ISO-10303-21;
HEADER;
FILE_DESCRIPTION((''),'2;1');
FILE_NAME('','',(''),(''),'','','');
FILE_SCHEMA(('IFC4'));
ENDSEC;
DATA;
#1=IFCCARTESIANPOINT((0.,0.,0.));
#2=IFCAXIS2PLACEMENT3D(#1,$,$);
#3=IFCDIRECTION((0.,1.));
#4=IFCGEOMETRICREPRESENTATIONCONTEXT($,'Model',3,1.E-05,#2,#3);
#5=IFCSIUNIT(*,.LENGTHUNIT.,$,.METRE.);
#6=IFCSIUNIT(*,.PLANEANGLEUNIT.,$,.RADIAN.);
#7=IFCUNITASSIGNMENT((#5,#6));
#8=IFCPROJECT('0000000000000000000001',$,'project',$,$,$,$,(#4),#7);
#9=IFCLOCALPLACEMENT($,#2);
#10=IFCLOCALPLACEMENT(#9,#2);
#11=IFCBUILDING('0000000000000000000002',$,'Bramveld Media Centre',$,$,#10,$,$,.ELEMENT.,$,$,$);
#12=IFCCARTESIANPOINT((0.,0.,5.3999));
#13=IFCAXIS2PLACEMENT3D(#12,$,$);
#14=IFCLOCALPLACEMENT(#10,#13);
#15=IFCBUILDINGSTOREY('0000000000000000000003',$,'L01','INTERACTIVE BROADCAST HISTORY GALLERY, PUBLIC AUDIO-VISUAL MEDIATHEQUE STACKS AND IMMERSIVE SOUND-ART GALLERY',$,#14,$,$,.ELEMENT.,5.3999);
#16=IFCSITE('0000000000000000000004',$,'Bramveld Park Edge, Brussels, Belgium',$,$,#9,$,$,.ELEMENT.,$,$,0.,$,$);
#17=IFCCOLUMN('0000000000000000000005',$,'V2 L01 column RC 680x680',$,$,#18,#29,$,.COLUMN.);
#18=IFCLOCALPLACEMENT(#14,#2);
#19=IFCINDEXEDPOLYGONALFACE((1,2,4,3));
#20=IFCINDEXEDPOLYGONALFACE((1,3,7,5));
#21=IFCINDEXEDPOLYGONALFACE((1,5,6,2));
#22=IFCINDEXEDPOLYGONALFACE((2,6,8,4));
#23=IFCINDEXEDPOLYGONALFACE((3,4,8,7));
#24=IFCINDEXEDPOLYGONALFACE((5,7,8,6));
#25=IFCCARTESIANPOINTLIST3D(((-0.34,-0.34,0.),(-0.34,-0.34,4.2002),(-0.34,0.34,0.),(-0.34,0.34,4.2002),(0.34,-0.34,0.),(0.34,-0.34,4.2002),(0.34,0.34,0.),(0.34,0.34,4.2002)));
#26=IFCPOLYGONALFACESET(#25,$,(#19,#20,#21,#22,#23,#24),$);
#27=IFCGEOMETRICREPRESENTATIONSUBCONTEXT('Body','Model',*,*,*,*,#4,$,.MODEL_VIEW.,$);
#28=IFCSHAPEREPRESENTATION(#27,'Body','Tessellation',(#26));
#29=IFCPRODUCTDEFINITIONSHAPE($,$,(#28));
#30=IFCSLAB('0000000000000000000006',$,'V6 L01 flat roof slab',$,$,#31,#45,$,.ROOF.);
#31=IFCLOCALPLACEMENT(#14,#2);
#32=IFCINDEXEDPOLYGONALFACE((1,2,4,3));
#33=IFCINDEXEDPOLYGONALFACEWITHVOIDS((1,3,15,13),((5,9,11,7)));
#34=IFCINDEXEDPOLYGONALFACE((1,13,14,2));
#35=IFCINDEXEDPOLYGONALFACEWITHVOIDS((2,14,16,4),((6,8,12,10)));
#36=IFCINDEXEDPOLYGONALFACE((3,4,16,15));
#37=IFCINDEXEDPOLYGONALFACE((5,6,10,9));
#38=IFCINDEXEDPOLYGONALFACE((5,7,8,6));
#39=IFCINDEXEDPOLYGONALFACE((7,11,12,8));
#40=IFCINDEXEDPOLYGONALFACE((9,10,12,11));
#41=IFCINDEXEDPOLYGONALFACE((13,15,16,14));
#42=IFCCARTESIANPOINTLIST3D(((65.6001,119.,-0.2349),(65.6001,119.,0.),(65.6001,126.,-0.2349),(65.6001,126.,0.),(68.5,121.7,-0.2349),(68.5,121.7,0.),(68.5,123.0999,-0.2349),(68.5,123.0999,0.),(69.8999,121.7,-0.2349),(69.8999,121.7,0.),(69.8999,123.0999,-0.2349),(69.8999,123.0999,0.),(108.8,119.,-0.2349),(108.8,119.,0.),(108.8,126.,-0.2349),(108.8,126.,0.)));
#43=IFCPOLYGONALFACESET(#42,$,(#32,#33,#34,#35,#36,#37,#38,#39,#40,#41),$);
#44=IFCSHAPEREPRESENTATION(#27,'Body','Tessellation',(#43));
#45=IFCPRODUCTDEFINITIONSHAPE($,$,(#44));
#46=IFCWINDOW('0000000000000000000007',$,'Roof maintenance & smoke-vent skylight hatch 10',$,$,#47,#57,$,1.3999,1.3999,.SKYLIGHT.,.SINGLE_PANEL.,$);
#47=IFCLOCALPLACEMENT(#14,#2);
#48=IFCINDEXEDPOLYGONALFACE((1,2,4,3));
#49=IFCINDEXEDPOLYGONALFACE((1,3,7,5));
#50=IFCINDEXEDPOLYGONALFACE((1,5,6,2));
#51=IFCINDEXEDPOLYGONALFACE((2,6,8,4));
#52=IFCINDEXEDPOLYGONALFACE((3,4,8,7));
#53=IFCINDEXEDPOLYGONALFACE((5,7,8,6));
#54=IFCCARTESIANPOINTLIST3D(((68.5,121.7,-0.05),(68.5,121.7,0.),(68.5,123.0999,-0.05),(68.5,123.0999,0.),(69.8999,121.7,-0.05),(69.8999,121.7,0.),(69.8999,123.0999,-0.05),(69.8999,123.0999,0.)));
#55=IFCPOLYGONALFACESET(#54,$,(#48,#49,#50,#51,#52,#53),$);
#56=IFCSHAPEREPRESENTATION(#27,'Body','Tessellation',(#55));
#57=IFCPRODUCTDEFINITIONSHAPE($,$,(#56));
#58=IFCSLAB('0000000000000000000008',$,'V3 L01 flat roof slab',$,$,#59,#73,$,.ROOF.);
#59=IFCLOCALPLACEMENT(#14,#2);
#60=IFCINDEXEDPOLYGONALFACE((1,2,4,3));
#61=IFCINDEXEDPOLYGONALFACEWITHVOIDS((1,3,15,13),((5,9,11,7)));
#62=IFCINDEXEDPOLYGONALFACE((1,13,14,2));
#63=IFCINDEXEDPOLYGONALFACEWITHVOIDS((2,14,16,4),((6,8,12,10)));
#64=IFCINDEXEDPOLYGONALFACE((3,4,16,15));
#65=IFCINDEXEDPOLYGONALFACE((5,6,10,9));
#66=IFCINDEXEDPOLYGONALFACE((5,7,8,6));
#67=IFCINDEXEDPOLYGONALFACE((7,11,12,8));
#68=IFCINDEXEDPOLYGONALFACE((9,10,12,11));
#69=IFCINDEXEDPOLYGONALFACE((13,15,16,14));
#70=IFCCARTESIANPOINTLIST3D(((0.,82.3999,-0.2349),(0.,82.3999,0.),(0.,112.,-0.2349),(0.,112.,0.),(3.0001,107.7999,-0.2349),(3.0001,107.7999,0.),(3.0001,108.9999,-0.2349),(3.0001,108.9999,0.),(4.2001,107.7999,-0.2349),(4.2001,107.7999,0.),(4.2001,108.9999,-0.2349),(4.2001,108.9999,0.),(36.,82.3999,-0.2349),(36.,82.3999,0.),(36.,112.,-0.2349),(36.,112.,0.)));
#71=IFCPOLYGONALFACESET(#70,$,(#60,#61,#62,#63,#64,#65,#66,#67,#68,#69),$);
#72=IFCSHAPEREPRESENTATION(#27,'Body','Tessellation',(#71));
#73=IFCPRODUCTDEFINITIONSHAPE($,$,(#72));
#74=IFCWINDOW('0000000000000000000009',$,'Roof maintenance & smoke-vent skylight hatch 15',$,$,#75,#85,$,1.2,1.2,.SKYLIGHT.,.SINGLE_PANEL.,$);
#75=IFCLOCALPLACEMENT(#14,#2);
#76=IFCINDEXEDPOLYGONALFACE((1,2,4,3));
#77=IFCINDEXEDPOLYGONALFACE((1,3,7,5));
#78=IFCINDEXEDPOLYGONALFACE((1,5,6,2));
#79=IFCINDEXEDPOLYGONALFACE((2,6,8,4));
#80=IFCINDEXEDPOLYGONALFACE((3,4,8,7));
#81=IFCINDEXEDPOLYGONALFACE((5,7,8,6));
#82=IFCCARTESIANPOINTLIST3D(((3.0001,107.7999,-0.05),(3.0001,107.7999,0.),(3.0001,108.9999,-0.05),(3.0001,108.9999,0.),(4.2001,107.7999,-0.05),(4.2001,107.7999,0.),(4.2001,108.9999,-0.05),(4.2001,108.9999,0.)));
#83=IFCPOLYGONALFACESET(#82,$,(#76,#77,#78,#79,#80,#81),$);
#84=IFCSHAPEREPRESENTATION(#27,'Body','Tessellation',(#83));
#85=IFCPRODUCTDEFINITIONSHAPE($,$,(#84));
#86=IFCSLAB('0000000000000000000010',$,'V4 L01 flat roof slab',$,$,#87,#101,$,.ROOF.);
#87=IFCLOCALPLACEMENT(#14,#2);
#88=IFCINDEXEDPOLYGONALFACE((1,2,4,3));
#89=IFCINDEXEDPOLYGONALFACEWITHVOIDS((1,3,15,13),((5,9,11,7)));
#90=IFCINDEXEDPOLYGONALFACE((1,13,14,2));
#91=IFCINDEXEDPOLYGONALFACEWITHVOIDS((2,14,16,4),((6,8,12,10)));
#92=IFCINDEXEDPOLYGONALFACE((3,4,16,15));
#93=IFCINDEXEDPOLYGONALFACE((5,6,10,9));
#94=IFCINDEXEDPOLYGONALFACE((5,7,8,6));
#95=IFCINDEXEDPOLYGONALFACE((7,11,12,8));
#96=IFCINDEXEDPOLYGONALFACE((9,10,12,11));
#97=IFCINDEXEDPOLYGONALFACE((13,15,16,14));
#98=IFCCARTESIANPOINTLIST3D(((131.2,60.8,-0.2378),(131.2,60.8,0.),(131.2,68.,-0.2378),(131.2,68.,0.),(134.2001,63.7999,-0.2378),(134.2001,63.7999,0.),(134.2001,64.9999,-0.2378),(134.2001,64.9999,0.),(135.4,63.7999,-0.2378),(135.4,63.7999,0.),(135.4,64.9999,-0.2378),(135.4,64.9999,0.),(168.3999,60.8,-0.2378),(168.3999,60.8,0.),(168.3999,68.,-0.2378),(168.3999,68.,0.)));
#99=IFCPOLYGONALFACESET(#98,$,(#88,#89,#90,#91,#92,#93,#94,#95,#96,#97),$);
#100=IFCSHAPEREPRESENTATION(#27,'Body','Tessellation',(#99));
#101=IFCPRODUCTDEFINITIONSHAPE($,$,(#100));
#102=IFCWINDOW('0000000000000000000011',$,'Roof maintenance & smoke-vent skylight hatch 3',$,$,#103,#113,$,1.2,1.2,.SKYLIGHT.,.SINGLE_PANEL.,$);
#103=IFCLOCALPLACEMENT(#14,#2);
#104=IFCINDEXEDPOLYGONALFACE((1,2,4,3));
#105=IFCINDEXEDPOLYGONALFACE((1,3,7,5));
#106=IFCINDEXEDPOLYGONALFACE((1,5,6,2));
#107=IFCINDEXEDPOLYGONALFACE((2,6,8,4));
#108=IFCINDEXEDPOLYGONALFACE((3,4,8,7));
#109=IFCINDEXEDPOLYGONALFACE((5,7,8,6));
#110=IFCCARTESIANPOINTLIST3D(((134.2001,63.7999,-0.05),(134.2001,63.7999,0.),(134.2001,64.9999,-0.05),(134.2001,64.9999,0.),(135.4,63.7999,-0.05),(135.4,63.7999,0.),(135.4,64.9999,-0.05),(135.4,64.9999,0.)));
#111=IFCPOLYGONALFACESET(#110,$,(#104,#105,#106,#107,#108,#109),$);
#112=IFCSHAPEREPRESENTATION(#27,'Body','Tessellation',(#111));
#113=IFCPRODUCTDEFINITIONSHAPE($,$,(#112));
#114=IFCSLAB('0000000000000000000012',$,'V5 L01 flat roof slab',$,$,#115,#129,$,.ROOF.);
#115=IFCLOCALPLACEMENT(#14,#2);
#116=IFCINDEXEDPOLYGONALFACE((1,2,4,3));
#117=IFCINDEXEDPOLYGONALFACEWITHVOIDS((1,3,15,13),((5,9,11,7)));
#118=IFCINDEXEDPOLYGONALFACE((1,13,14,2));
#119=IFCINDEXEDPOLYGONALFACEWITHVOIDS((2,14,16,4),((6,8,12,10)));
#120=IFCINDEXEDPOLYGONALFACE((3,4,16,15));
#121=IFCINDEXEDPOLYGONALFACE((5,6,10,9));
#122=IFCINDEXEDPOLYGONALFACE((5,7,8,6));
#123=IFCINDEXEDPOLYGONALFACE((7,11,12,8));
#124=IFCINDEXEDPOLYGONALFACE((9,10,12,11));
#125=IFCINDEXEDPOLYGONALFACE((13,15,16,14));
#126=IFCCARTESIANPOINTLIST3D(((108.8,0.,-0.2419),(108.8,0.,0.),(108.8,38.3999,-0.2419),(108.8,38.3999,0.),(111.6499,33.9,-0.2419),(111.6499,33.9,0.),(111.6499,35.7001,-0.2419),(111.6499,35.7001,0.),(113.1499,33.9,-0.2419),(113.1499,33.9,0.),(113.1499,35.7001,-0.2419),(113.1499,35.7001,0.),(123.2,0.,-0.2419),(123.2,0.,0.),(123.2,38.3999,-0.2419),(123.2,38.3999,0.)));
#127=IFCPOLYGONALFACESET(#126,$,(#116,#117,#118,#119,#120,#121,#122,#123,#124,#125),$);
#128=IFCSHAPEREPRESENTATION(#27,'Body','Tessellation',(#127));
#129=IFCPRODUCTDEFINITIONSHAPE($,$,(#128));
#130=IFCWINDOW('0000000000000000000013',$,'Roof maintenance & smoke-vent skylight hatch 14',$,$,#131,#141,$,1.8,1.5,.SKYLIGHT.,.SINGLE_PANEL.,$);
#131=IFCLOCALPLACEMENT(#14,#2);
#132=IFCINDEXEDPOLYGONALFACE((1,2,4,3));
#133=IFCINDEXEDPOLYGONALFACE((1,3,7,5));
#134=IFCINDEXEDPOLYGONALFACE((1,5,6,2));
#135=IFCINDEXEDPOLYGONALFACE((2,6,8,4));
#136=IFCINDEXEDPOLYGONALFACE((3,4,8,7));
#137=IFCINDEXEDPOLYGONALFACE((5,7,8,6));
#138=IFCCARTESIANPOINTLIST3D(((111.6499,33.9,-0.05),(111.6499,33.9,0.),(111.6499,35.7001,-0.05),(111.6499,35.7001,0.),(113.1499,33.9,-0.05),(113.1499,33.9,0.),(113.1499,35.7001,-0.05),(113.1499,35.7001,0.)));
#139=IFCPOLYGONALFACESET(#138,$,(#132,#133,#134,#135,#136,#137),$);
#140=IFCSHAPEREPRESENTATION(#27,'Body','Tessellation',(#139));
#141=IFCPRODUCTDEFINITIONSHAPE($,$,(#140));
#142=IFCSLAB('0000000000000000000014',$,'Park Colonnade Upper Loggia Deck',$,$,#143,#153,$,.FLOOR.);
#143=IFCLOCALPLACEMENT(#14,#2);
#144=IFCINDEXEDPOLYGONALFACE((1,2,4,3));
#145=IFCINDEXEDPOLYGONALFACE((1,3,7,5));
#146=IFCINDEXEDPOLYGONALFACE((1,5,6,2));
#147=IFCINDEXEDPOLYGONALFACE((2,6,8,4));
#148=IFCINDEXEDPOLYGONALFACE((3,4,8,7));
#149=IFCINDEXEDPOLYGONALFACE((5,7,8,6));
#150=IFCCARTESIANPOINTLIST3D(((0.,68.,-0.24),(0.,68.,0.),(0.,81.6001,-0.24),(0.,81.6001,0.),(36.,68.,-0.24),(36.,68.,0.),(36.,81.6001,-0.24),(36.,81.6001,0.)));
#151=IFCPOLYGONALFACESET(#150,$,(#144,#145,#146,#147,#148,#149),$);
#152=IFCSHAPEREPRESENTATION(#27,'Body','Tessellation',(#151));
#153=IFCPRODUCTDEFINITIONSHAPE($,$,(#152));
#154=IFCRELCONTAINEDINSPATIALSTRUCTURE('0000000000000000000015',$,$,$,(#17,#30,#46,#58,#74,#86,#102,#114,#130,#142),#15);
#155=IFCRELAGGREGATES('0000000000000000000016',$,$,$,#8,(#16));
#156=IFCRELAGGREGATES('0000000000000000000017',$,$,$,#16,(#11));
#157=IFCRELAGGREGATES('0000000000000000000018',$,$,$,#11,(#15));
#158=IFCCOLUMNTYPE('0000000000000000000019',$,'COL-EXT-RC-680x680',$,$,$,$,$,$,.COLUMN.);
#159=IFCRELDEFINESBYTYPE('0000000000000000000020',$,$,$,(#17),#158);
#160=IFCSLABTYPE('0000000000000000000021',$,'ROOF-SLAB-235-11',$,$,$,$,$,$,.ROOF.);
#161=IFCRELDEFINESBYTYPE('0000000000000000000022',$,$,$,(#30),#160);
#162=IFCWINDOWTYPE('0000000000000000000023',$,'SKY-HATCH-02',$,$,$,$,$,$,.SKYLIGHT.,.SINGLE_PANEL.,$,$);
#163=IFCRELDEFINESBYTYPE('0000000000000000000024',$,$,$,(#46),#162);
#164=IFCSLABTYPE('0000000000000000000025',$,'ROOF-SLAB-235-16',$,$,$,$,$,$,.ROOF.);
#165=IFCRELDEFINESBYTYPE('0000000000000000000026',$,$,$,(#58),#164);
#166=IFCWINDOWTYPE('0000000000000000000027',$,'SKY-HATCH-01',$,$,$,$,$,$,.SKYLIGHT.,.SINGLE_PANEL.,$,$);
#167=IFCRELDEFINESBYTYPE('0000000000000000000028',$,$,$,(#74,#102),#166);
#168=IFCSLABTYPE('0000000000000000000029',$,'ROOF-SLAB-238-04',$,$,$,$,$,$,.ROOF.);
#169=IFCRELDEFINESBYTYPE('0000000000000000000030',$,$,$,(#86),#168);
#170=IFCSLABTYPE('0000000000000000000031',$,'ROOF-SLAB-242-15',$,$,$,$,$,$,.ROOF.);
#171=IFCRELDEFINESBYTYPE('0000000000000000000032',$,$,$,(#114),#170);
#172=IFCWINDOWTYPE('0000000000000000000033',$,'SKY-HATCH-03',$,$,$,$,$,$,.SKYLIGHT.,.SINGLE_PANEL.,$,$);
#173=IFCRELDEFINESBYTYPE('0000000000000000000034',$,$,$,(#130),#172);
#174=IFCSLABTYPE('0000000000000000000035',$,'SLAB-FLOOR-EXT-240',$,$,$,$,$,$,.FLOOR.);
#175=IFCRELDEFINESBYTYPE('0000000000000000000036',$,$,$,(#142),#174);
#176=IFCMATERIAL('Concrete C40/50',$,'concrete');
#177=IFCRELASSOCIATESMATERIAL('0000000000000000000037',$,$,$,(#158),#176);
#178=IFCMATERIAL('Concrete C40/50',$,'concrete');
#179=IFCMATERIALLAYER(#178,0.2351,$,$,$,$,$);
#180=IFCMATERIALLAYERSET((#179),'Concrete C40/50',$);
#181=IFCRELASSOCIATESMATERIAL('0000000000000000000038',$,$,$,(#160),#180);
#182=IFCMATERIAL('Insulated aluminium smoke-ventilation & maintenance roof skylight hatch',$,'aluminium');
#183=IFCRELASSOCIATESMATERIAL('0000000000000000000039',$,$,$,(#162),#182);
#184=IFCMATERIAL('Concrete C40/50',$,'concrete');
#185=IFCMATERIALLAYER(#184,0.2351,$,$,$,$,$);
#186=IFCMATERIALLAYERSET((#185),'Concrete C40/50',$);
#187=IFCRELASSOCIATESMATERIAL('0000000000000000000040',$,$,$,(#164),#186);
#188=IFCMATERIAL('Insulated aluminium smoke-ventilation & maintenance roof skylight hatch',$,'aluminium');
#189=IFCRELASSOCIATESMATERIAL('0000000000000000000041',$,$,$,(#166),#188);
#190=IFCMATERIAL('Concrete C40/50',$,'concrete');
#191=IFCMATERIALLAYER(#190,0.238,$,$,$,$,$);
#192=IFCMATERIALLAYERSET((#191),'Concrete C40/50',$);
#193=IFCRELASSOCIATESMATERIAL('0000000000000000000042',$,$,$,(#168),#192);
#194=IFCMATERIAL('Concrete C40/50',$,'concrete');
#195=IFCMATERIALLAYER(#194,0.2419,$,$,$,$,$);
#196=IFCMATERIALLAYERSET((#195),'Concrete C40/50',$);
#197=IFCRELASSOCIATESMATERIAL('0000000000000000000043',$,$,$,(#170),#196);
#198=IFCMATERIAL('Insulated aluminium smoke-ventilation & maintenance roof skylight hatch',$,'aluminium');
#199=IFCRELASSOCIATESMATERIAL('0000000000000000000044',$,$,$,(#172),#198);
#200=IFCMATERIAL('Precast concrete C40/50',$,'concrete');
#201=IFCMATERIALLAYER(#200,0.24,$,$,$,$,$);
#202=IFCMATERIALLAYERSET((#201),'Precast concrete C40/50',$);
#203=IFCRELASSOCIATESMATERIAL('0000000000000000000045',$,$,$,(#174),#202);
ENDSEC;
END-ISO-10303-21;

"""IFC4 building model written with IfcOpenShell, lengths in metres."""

from ifc_helpers import new_model, si_unit, direction, frame, origin, origin_with_axes, origin_2d, place, context, subcontext, project, spatial, polyline, rectangle, outline, extrude, material, layer, layer_set, material_profile, profile_set, type_object, element, fill, save


model = new_model("IFC4")

# Units and contexts
model_context = context("Model", 3, precision=1e-05, world=origin(), true_north=direction((0.0, 1.0)))
body_context = subcontext(model_context, "Body", "Model", "MODEL_VIEW")
ifc_project = project(units=[si_unit("LENGTHUNIT", "METRE"), si_unit("PLANEANGLEUNIT", "RADIAN")], contexts=[model_context])

# Site, building, storey
site_placement = place(None, origin())
site = spatial("IfcSite", under=ifc_project, at=site_placement, Name="Bramveld Park Edge, Brussels, Belgium", CompositionType="ELEMENT", RefElevation=0.0)
building_placement = place(site_placement, origin())
building = spatial("IfcBuilding", under=site, at=building_placement, Name="Bramveld Media Centre", CompositionType="ELEMENT")
storey_placement = place(building_placement, frame((0.0, 0.0, 5.3999)))
storey = spatial("IfcBuildingStorey", under=building, at=storey_placement, Name="L01", Description="INTERACTIVE BROADCAST HISTORY GALLERY, PUBLIC AUDIO-VISUAL MEDIATHEQUE STACKS AND IMMERSIVE SOUND-ART GALLERY", CompositionType="ELEMENT", Elevation=5.3999)

# Column
ifc_material_1 = material(Name="Concrete C40/50", Category="concrete")
ifc_material_profile = material_profile(ifc_material_1, rectangle(XDim=0.6799, YDim=0.6799, at=origin_2d()), Name="RC 680x680")
ifc_profile_set = profile_set([ifc_material_profile], Name="Concrete C40/50")
column_type = type_object("IfcColumnType", Name="COL-EXT-RC-680x680", PredefinedType="COLUMN", material=ifc_profile_set)
column_placement = place(storey_placement, origin_with_axes())
element("IfcColumn", 1, at=column_placement, inside=storey, type_object=column_type, Name="V2 L01 column RC 680x680", PredefinedType="COLUMN", context=body_context, shape_type="SweptSolid", body=[
    extrude(rectangle(XDim=0.6799, YDim=0.6799, at=origin_2d()), origin(), (0.0, 0.0, 1.0), 4.2002),
])

# Slabs, openings, windows
ifc_material_2 = material(Name="Concrete C40/50", Category="concrete")
ifc_layer_1 = layer(ifc_material_2, 0.2351)
ifc_layer_set_1 = layer_set([ifc_layer_1], Name="Concrete C40/50")
slab_type_1 = type_object("IfcSlabType", Name="ROOF-SLAB-235-11", PredefinedType="ROOF", material=ifc_layer_set_1)
slab_1_placement = place(storey_placement, frame((0.0, 0.0, -0.2349)))
slab_1 = element("IfcSlab", 2, at=slab_1_placement, inside=storey, type_object=slab_type_1, Name="V6 L01 flat roof slab", PredefinedType="ROOF", context=body_context, shape_type="SweptSolid", body=[
    extrude(outline(polyline([(65.6001, 119.0), (108.8, 119.0), (108.8, 126.0), (65.6001, 126.0), (65.6001, 119.0)])), origin(), (0.0, 0.0, 1.0), 0.2349),
])
opening_1_placement = place(slab_1_placement, frame((69.2, 122.3999, 0.0)))
opening_1 = element("IfcOpeningElement", 3, at=opening_1_placement, cuts=slab_1, PredefinedType="OPENING", context=body_context, shape_type="SweptSolid", body=[
    extrude(rectangle(XDim=1.3999, YDim=1.3999, at=origin_2d()), origin(), (0.0, 0.0, 1.0), 0.2349),
])
ifc_material_3 = material(Name="Insulated aluminium smoke-ventilation & maintenance roof skylight hatch", Category="aluminium")
window_type_1 = type_object("IfcWindowType", Name="SKY-HATCH-02", PartitioningType="SINGLE_PANEL", PredefinedType="SKYLIGHT", material=ifc_material_3)
window_1_placement = place(opening_1_placement, frame((0.0, 0.0, 0.1848)))
window_1 = element("IfcWindow", 4, at=window_1_placement, inside=storey, type_object=window_type_1, Name="Roof maintenance & smoke-vent skylight hatch 10", OverallHeight=1.3999, OverallWidth=1.3999, PartitioningType="SINGLE_PANEL", PredefinedType="SKYLIGHT", context=body_context, shape_type="SweptSolid", body=[
    extrude(rectangle(XDim=1.3999, YDim=1.3999, at=origin_2d()), origin(), (0.0, 0.0, 1.0), 0.05),
])
fill(opening_1, window_1)
ifc_material_4 = material(Name="Concrete C40/50", Category="concrete")
ifc_layer_2 = layer(ifc_material_4, 0.2351)
ifc_layer_set_2 = layer_set([ifc_layer_2], Name="Concrete C40/50")
slab_type_2 = type_object("IfcSlabType", Name="ROOF-SLAB-235-16", PredefinedType="ROOF", material=ifc_layer_set_2)
slab_2_placement = place(storey_placement, frame((0.0, 0.0, -0.2349)))
slab_2 = element("IfcSlab", 5, at=slab_2_placement, inside=storey, type_object=slab_type_2, Name="V3 L01 flat roof slab", PredefinedType="ROOF", context=body_context, shape_type="SweptSolid", body=[
    extrude(outline(polyline([(0.0, 82.3999), (36.0, 82.3999), (36.0, 112.0), (0.0, 112.0), (0.0, 82.3999)])), origin(), (0.0, 0.0, 1.0), 0.2349),
])
opening_2_placement = place(slab_2_placement, frame((3.6001, 108.3999, 0.0)))
opening_2 = element("IfcOpeningElement", 6, at=opening_2_placement, cuts=slab_2, PredefinedType="OPENING", context=body_context, shape_type="SweptSolid", body=[
    extrude(rectangle(XDim=1.2, YDim=1.2, at=origin_2d()), origin(), (0.0, 0.0, 1.0), 0.2349),
])
ifc_material_5 = material(Name="Insulated aluminium smoke-ventilation & maintenance roof skylight hatch", Category="aluminium")
window_type_2 = type_object("IfcWindowType", Name="SKY-HATCH-01", PartitioningType="SINGLE_PANEL", PredefinedType="SKYLIGHT", material=ifc_material_5)
window_2_placement = place(opening_2_placement, frame((0.0, 0.0, 0.1848)))
window_2 = element("IfcWindow", 7, at=window_2_placement, inside=storey, type_object=window_type_2, Name="Roof maintenance & smoke-vent skylight hatch 15", OverallHeight=1.2, OverallWidth=1.2, PartitioningType="SINGLE_PANEL", PredefinedType="SKYLIGHT", context=body_context, shape_type="SweptSolid", body=[
    extrude(rectangle(XDim=1.2, YDim=1.2, at=origin_2d()), origin(), (0.0, 0.0, 1.0), 0.05),
])
fill(opening_2, window_2)
ifc_material_6 = material(Name="Concrete C40/50", Category="concrete")
ifc_layer_3 = layer(ifc_material_6, 0.238)
ifc_layer_set_3 = layer_set([ifc_layer_3], Name="Concrete C40/50")
slab_type_3 = type_object("IfcSlabType", Name="ROOF-SLAB-238-04", PredefinedType="ROOF", material=ifc_layer_set_3)
slab_3_placement = place(storey_placement, frame((0.0, 0.0, -0.2378)))
slab_3 = element("IfcSlab", 8, at=slab_3_placement, inside=storey, type_object=slab_type_3, Name="V4 L01 flat roof slab", PredefinedType="ROOF", context=body_context, shape_type="SweptSolid", body=[
    extrude(outline(polyline([(131.2, 60.8), (168.3999, 60.8), (168.3999, 68.0), (131.2, 68.0), (131.2, 60.8)])), origin(), (0.0, 0.0, 1.0), 0.2378),
])
opening_3_placement = place(slab_3_placement, frame((134.8, 64.3999, 0.0)))
opening_3 = element("IfcOpeningElement", 9, at=opening_3_placement, cuts=slab_3, PredefinedType="OPENING", context=body_context, shape_type="SweptSolid", body=[
    extrude(rectangle(XDim=1.2, YDim=1.2, at=origin_2d()), origin(), (0.0, 0.0, 1.0), 0.2378),
])
window_3_placement = place(opening_3_placement, frame((0.0, 0.0, 0.1877)))
window_3 = element("IfcWindow", 10, at=window_3_placement, inside=storey, type_object=window_type_2, Name="Roof maintenance & smoke-vent skylight hatch 3", OverallHeight=1.2, OverallWidth=1.2, PartitioningType="SINGLE_PANEL", PredefinedType="SKYLIGHT", context=body_context, shape_type="SweptSolid", body=[
    extrude(rectangle(XDim=1.2, YDim=1.2, at=origin_2d()), origin(), (0.0, 0.0, 1.0), 0.05),
])
fill(opening_3, window_3)
ifc_material_7 = material(Name="Concrete C40/50", Category="concrete")
ifc_layer_4 = layer(ifc_material_7, 0.2419)
ifc_layer_set_4 = layer_set([ifc_layer_4], Name="Concrete C40/50")
slab_type_4 = type_object("IfcSlabType", Name="ROOF-SLAB-242-15", PredefinedType="ROOF", material=ifc_layer_set_4)
slab_4_placement = place(storey_placement, frame((0.0, 0.0, -0.2419)))
slab_4 = element("IfcSlab", 11, at=slab_4_placement, inside=storey, type_object=slab_type_4, Name="V5 L01 flat roof slab", PredefinedType="ROOF", context=body_context, shape_type="SweptSolid", body=[
    extrude(outline(polyline([(108.8, 0.0), (123.2, 0.0), (123.2, 38.3999), (108.8, 38.3999), (108.8, 0.0)])), origin(), (0.0, 0.0, 1.0), 0.2419),
])
opening_4_placement = place(slab_4_placement, frame((112.3999, 34.8, 0.0)))
opening_4 = element("IfcOpeningElement", 12, at=opening_4_placement, cuts=slab_4, PredefinedType="OPENING", context=body_context, shape_type="SweptSolid", body=[
    extrude(rectangle(XDim=1.5, YDim=1.8, at=origin_2d()), origin(), (0.0, 0.0, 1.0), 0.2419),
])
ifc_material_8 = material(Name="Insulated aluminium smoke-ventilation & maintenance roof skylight hatch", Category="aluminium")
window_type_3 = type_object("IfcWindowType", Name="SKY-HATCH-03", PartitioningType="SINGLE_PANEL", PredefinedType="SKYLIGHT", material=ifc_material_8)
window_4_placement = place(opening_4_placement, frame((0.0, 0.0, 0.1919)))
window_4 = element("IfcWindow", 13, at=window_4_placement, inside=storey, type_object=window_type_3, Name="Roof maintenance & smoke-vent skylight hatch 14", OverallHeight=1.8, OverallWidth=1.5, PartitioningType="SINGLE_PANEL", PredefinedType="SKYLIGHT", context=body_context, shape_type="SweptSolid", body=[
    extrude(rectangle(XDim=1.5, YDim=1.8, at=origin_2d()), origin(), (0.0, 0.0, 1.0), 0.05),
])
fill(opening_4, window_4)

# Slab
ifc_material_9 = material(Name="Precast concrete C40/50", Category="concrete")
ifc_layer_5 = layer(ifc_material_9, 0.24)
ifc_layer_set_5 = layer_set([ifc_layer_5], Name="Precast concrete C40/50")
slab_type_5 = type_object("IfcSlabType", Name="SLAB-FLOOR-EXT-240", PredefinedType="FLOOR", material=ifc_layer_set_5)
slab_5_placement = place(storey_placement, frame((0.0, 0.0, -0.24)))
element("IfcSlab", 14, at=slab_5_placement, inside=storey, type_object=slab_type_5, Name="Park Colonnade Upper Loggia Deck", PredefinedType="FLOOR", context=body_context, shape_type="SweptSolid", body=[
    extrude(outline(polyline([(0.0, 68.0), (36.0, 68.0), (36.0, 81.6001), (0.0, 81.6001), (0.0, 68.0)])), origin(), (0.0, 0.0, 1.0), 0.24),
])

save(model, "model.ifc")
